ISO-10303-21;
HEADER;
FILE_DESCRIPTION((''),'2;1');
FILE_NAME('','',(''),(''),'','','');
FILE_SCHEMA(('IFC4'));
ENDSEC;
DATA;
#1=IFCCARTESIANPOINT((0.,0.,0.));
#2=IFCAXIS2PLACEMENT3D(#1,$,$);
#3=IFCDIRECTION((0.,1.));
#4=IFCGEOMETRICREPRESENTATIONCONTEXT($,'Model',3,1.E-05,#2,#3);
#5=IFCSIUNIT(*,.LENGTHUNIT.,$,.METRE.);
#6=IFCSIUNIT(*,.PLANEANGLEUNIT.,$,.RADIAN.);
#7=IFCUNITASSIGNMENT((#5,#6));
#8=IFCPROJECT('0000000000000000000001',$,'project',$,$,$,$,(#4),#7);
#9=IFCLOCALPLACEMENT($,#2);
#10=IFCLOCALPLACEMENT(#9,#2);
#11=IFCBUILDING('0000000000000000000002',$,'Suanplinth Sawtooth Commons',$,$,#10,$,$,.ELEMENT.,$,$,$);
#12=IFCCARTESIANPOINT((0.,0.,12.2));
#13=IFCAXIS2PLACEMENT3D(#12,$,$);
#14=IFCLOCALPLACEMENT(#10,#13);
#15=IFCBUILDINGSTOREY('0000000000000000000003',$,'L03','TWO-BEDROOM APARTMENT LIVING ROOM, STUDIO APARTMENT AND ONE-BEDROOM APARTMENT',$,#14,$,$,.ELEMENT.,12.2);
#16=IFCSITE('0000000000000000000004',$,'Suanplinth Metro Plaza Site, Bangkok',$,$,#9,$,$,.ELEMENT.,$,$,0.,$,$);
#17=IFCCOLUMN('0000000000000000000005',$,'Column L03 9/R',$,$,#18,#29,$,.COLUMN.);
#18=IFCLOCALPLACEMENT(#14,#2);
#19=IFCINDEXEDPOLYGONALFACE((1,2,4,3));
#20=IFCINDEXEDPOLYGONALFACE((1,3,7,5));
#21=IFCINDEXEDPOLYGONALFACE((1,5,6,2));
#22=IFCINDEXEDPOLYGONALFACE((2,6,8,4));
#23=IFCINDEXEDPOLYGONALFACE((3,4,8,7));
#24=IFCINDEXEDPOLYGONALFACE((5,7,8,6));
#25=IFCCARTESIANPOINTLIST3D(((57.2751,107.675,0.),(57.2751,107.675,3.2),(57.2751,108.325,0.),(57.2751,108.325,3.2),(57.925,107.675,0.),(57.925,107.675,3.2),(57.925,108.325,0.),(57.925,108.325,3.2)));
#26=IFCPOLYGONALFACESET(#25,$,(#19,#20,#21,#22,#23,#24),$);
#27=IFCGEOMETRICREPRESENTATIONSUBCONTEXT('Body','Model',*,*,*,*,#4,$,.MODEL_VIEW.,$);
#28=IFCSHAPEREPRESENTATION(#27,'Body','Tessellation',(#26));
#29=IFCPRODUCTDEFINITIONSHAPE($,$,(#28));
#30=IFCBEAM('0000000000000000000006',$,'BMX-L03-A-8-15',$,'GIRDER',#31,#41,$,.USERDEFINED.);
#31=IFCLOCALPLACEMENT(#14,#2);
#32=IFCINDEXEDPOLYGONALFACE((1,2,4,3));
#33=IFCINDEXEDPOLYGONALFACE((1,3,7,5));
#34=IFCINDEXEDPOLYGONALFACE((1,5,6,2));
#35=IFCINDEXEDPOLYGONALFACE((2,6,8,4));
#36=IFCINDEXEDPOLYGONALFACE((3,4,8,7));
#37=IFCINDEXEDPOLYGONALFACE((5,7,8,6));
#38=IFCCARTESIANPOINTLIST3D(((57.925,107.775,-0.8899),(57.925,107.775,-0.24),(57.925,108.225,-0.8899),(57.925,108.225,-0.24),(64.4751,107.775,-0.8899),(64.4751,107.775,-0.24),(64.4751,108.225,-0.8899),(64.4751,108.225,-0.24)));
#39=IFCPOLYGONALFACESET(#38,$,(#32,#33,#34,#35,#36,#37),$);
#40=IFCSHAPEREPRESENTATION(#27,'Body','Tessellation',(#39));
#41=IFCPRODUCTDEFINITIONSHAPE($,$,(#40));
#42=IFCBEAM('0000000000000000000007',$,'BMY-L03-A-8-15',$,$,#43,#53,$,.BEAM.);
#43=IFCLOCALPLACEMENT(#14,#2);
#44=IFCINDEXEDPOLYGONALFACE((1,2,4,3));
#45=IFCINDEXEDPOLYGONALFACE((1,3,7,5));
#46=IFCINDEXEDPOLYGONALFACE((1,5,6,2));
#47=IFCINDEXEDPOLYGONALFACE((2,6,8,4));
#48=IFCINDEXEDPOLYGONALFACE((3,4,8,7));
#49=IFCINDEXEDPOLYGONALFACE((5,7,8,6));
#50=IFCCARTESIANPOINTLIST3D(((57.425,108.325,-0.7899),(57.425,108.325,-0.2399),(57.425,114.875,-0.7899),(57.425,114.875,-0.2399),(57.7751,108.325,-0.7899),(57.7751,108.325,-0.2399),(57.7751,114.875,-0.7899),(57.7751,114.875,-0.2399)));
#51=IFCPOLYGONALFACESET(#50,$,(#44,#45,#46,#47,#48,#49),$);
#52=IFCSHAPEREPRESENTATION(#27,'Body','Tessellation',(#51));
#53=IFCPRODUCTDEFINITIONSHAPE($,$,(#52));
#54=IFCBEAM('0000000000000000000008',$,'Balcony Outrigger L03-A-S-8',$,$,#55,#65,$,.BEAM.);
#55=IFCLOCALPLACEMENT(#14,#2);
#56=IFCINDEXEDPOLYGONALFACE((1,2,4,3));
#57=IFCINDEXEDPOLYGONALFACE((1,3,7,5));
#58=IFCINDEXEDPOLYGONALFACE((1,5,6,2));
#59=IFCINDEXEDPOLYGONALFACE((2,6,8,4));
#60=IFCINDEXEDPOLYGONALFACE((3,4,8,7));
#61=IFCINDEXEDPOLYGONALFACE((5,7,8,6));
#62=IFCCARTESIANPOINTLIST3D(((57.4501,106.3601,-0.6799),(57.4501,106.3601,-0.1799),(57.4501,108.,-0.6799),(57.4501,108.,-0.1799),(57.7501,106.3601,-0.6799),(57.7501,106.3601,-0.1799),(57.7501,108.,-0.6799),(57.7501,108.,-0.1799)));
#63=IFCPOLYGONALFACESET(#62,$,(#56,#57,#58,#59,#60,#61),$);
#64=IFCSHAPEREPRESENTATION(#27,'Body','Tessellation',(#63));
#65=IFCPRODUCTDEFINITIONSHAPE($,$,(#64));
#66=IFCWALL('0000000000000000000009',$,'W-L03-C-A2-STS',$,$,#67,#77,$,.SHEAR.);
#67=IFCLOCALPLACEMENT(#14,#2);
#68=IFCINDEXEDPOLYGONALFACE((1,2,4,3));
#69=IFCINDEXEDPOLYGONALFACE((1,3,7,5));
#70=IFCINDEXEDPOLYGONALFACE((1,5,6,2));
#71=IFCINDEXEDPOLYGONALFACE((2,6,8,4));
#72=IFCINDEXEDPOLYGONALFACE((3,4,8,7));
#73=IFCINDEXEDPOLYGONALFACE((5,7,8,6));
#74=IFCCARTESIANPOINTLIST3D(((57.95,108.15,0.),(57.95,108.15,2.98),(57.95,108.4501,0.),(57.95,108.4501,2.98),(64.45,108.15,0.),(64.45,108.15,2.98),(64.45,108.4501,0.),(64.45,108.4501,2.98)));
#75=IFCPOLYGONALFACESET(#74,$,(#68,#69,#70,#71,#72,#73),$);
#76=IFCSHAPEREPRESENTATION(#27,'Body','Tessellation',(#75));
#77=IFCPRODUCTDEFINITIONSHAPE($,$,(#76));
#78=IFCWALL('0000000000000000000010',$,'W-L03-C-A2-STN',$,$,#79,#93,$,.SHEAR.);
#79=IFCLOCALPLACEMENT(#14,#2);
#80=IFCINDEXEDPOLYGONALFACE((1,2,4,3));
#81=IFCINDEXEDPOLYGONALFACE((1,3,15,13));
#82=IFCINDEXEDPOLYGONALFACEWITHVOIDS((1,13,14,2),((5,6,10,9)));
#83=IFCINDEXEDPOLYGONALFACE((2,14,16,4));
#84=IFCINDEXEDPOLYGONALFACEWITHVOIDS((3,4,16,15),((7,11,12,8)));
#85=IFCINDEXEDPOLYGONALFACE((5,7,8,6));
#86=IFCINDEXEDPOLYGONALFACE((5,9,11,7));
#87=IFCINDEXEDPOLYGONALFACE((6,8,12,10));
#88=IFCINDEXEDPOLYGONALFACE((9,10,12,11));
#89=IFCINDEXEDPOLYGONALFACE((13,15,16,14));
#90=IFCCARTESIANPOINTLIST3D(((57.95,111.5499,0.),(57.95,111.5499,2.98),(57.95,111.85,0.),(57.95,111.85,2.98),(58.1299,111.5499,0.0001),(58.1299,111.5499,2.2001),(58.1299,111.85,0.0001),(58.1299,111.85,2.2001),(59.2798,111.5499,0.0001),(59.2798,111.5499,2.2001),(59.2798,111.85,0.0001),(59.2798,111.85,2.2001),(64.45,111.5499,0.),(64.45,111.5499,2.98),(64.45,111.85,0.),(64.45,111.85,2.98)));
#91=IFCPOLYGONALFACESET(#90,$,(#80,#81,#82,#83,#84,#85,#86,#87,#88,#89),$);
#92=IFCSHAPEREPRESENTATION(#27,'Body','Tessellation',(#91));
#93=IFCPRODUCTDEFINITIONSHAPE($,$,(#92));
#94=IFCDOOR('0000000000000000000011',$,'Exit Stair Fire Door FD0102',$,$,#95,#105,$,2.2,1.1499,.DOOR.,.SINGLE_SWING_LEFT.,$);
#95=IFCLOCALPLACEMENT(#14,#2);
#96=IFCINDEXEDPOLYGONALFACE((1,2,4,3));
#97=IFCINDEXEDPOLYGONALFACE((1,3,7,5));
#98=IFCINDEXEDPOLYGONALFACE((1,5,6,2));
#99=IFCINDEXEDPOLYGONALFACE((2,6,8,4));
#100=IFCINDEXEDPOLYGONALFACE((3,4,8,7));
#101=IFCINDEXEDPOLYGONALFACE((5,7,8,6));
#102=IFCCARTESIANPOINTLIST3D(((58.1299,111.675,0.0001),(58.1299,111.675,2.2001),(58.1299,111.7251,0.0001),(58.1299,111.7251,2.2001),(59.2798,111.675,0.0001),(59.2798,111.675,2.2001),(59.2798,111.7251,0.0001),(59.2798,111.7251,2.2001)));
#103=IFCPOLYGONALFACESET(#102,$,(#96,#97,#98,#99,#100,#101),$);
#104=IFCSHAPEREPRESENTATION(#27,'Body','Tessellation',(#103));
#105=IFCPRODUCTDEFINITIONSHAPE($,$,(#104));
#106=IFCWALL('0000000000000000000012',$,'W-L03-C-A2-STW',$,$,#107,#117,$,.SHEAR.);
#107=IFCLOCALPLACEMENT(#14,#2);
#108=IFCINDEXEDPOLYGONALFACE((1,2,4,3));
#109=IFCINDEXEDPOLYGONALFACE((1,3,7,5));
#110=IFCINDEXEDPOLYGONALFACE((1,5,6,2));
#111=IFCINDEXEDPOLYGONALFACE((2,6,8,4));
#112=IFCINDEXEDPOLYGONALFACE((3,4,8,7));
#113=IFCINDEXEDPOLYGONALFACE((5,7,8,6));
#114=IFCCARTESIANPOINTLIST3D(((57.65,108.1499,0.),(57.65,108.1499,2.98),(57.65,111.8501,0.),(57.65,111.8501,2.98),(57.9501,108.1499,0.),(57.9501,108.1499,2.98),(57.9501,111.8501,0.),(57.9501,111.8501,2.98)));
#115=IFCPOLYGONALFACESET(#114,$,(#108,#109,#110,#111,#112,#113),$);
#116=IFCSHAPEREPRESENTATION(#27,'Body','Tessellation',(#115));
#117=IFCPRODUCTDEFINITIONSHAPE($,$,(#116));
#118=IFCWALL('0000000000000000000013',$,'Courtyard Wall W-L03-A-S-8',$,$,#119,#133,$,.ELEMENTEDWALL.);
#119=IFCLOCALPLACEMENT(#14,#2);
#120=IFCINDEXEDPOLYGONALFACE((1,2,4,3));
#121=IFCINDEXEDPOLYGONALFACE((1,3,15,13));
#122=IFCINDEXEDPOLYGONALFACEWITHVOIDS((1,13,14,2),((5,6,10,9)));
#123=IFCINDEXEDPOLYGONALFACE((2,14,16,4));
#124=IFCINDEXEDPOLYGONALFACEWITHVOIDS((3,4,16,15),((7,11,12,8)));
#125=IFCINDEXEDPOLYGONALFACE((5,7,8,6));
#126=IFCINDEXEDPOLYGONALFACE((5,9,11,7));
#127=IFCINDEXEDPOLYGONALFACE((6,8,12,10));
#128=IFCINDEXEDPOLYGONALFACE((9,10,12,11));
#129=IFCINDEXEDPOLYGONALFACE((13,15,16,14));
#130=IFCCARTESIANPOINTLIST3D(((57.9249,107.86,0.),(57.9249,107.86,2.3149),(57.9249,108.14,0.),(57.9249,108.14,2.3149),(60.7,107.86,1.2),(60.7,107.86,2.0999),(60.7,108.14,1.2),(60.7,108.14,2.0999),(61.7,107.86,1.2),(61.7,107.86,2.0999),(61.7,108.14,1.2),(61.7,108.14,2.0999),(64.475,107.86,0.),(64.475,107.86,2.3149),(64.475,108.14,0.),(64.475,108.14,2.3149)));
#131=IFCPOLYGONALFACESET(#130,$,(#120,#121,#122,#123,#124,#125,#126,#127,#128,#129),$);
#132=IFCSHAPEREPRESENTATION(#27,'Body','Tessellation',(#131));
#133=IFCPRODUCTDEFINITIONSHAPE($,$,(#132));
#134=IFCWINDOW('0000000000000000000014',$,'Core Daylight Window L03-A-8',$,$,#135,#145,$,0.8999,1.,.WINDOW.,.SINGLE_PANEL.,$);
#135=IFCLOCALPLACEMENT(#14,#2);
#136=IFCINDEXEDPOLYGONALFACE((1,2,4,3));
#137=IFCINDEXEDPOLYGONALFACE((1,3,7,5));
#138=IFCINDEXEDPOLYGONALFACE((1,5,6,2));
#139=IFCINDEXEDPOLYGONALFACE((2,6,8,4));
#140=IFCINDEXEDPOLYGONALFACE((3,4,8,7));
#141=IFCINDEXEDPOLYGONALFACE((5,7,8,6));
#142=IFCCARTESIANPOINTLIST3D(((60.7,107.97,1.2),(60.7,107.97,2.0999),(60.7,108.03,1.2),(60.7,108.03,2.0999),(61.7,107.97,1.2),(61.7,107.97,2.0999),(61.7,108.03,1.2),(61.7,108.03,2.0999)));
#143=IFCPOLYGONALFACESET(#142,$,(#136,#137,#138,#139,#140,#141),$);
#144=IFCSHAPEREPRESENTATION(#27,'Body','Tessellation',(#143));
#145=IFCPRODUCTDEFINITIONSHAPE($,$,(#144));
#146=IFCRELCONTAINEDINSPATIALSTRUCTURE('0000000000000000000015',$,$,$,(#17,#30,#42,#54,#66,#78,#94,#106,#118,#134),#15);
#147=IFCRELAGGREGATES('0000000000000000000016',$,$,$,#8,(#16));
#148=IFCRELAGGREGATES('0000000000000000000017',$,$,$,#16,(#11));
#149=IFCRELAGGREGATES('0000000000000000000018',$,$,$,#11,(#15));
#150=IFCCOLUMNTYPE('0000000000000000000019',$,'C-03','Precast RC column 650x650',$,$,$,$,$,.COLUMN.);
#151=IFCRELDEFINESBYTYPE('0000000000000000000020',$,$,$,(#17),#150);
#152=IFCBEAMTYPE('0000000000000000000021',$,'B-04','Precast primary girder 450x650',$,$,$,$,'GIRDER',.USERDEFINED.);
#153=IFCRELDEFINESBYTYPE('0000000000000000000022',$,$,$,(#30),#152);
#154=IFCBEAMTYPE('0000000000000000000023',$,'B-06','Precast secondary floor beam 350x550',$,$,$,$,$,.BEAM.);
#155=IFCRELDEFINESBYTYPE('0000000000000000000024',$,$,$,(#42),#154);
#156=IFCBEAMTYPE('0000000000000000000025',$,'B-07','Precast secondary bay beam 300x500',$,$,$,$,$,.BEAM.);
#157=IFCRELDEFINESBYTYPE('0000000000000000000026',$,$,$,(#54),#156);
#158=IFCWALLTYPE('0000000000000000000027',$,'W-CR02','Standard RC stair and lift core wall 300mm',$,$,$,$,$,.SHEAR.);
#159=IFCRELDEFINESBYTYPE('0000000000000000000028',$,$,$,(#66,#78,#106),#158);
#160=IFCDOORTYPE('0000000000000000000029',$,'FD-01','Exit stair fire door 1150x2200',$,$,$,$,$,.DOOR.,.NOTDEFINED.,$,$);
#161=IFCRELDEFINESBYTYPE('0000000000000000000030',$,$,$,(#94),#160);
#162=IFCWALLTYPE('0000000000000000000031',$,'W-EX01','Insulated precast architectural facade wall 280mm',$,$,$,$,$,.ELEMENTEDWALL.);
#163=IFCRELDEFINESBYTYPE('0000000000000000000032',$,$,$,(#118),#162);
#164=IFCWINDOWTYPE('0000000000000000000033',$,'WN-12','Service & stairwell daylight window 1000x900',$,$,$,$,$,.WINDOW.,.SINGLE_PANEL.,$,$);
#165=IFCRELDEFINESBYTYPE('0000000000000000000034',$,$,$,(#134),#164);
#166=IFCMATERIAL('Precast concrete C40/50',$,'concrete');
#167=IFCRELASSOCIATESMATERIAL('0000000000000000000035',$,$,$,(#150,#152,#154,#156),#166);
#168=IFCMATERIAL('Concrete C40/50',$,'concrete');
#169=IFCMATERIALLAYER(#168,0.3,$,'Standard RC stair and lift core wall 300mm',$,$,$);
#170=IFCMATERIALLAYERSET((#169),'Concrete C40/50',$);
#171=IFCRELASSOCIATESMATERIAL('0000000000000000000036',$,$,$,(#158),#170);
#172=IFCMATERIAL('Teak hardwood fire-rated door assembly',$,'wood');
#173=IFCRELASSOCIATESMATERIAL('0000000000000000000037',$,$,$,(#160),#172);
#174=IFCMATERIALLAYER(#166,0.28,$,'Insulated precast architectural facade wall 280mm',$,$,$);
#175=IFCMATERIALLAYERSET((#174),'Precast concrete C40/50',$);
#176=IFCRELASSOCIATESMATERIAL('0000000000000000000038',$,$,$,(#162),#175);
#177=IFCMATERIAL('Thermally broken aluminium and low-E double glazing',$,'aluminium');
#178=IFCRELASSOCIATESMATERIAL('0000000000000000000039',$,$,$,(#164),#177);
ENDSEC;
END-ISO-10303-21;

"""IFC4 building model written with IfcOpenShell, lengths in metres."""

from ifc_helpers import new_model, si_unit, direction, frame, frame_2d, origin, origin_2d, place, context, subcontext, project, spatial, rectangle, extrude, material, layer, layer_set, material_profile, profile_set, type_object, element, fill, save


model = new_model("IFC4")

# Units and contexts
model_context = context("Model", 3, precision=1e-05, world=origin(), true_north=direction((0.0, 1.0)))
body_context = subcontext(model_context, "Body", "Model", "MODEL_VIEW")
ifc_project = project(units=[si_unit("LENGTHUNIT", "METRE"), si_unit("PLANEANGLEUNIT", "RADIAN")], contexts=[model_context])

# Site, building, storey
site_placement = place(None, origin())
site = spatial("IfcSite", under=ifc_project, at=site_placement, Name="Suanplinth Metro Plaza Site, Bangkok", CompositionType="ELEMENT", RefElevation=0.0)
building_placement = place(site_placement, origin())
building = spatial("IfcBuilding", under=site, at=building_placement, Name="Suanplinth Sawtooth Commons", CompositionType="ELEMENT")
storey_placement = place(building_placement, frame((0.0, 0.0, 12.2)))
storey = spatial("IfcBuildingStorey", under=building, at=storey_placement, Name="L03", Description="TWO-BEDROOM APARTMENT LIVING ROOM, STUDIO APARTMENT AND ONE-BEDROOM APARTMENT", CompositionType="ELEMENT", Elevation=12.2)

# Column
ifc_material_1 = material(Name="Precast concrete C40/50", Category="concrete")
ifc_material_profile_1 = material_profile(ifc_material_1, rectangle(XDim=0.6499, YDim=0.6499, at=origin_2d()), Name="PC-COL 650x650")
ifc_profile_set_1 = profile_set([ifc_material_profile_1], Name="Precast concrete C40/50")
column_type = type_object("IfcColumnType", Name="C-03", Description="Precast RC column 650x650", PredefinedType="COLUMN", material=ifc_profile_set_1)
column_placement = place(storey_placement, frame((57.6001, 108.0, 0.0), z_axis=(0.0, 0.0, 1.0), x_axis=(1.0, 0.0, 0.0)))
element("IfcColumn", 1, at=column_placement, inside=storey, type_object=column_type, Name="Column L03 9/R", PredefinedType="COLUMN", context=body_context, shape_type="SweptSolid", body=[
    extrude(rectangle(XDim=0.6499, YDim=0.6499, at=origin_2d()), origin(), (0.0, 0.0, 1.0), 3.2),
])

# Beams
ifc_material_profile_2 = material_profile(ifc_material_1, rectangle(XDim=0.45, YDim=0.6499, at=origin_2d()), Name="PC-GDR 450x650")
ifc_profile_set_2 = profile_set([ifc_material_profile_2], Name="Precast concrete C40/50")
beam_type_1 = type_object("IfcBeamType", Name="B-04", Description="Precast primary girder 450x650", ElementType="GIRDER", PredefinedType="USERDEFINED", material=ifc_profile_set_2)
beam_1_placement = place(storey_placement, frame((57.925, 108.0, -0.5649), z_axis=(1.0, 0.0, 0.0), x_axis=(0.0, 1.0, 0.0)))
element("IfcBeam", 2, at=beam_1_placement, inside=storey, type_object=beam_type_1, Name="BMX-L03-A-8-15", ObjectType="GIRDER", PredefinedType="USERDEFINED", context=body_context, shape_type="SweptSolid", body=[
    extrude(rectangle(XDim=0.45, YDim=0.6499, at=origin_2d()), origin(), (0.0, 0.0, 1.0), 6.55),
])
ifc_material_profile_3 = material_profile(ifc_material_1, rectangle(XDim=0.3501, YDim=0.55, at=origin_2d()), Name="PC-BM 350x550")
ifc_profile_set_3 = profile_set([ifc_material_profile_3], Name="Precast concrete C40/50")
beam_type_2 = type_object("IfcBeamType", Name="B-06", Description="Precast secondary floor beam 350x550", PredefinedType="BEAM", material=ifc_profile_set_3)
beam_2_placement = place(storey_placement, frame((57.6001, 108.325, -0.5149), z_axis=(0.0, 1.0, 0.0), x_axis=(-1.0, 0.0, 0.0)))
element("IfcBeam", 3, at=beam_2_placement, inside=storey, type_object=beam_type_2, Name="BMY-L03-A-8-15", PredefinedType="BEAM", context=body_context, shape_type="SweptSolid", body=[
    extrude(rectangle(XDim=0.3501, YDim=0.55, at=origin_2d()), origin(), (0.0, 0.0, 1.0), 6.55),
])
ifc_material_profile_4 = material_profile(ifc_material_1, rectangle(XDim=0.3, YDim=0.5, at=origin_2d()), Name="PC-BM 300x500")
ifc_profile_set_4 = profile_set([ifc_material_profile_4], Name="Precast concrete C40/50")
beam_type_3 = type_object("IfcBeamType", Name="B-07", Description="Precast secondary bay beam 300x500", PredefinedType="BEAM", material=ifc_profile_set_4)
beam_3_placement = place(storey_placement, frame((57.6001, 108.0, -0.4299), z_axis=(0.0, -1.0, 0.0), x_axis=(1.0, 0.0, 0.0)))
element("IfcBeam", 4, at=beam_3_placement, inside=storey, type_object=beam_type_3, Name="Balcony Outrigger L03-A-S-8", PredefinedType="BEAM", context=body_context, shape_type="SweptSolid", body=[
    extrude(rectangle(XDim=0.3, YDim=0.5, at=origin_2d()), origin(), (0.0, 0.0, 1.0), 1.6399),
])

# Wall
ifc_material_2 = material(Name="Concrete C40/50", Category="concrete")
ifc_layer_1 = layer(ifc_material_2, 0.3, Name="Standard RC stair and lift core wall 300mm")
ifc_layer_set_1 = layer_set([ifc_layer_1], Name="Concrete C40/50")
wall_type_1 = type_object("IfcWallType", Name="W-CR02", Description="Standard RC stair and lift core wall 300mm", PredefinedType="SHEAR", material=ifc_layer_set_1)
wall_1_placement = place(storey_placement, frame((57.95, 108.3, 0.0), z_axis=(0.0, 0.0, 1.0), x_axis=(1.0, 0.0, 0.0)))
element("IfcWall", 5, at=wall_1_placement, inside=storey, type_object=wall_type_1, Name="W-L03-C-A2-STS", PredefinedType="SHEAR", context=body_context, shape_type="SweptSolid", body=[
    extrude(rectangle(XDim=6.5, YDim=0.3, at=frame_2d((3.25, 0.0))), origin(), (0.0, 0.0, 1.0), 2.98),
])

# Wall, opening, door
wall_2_placement = place(storey_placement, frame((57.95, 111.7, 0.0), z_axis=(0.0, 0.0, 1.0), x_axis=(1.0, 0.0, 0.0)))
wall_2 = element("IfcWall", 6, at=wall_2_placement, inside=storey, type_object=wall_type_1, Name="W-L03-C-A2-STN", PredefinedType="SHEAR", context=body_context, shape_type="SweptSolid", body=[
    extrude(rectangle(XDim=6.5, YDim=0.3, at=frame_2d((3.25, 0.0))), origin(), (0.0, 0.0, 1.0), 2.98),
])
opening_1_placement = place(wall_2_placement, frame((0.1799, 0.0, 0.0)))
opening_1 = element("IfcOpeningElement", 7, at=opening_1_placement, cuts=wall_2, PredefinedType="OPENING", context=body_context, shape_type="SweptSolid", body=[
    extrude(rectangle(XDim=1.1499, YDim=2.2, at=frame_2d((0.575, 1.1001))), frame((0.0, 0.165, 0.0), z_axis=(0.0, -1.0, 0.0), x_axis=(1.0, 0.0, 0.0)), (0.0, 0.0, 1.0), 0.3298),
])
ifc_material_3 = material(Name="Teak hardwood fire-rated door assembly", Category="wood")
door_type_1 = type_object("IfcDoorType", Name="FD-01", Description="Exit stair fire door 1150x2200", OperationType="NOTDEFINED", PredefinedType="DOOR", material=ifc_material_3)
door_1_placement = place(opening_1_placement, frame((1.1499, 0.0, 0.0), z_axis=(0.0, 0.0, 1.0), x_axis=(-1.0, 0.0, 0.0)))
door_1 = element("IfcDoor", 8, at=door_1_placement, inside=storey, type_object=door_type_1, Name="Exit Stair Fire Door FD0102", OperationType="SINGLE_SWING_LEFT", OverallHeight=2.2, OverallWidth=1.1499, PredefinedType="DOOR", context=body_context, shape_type="SweptSolid", body=[
    extrude(rectangle(XDim=1.1499, YDim=2.2, at=frame_2d((0.575, 1.1001))), frame((0.0, 0.0249, 0.0), z_axis=(0.0, -1.0, 0.0), x_axis=(1.0, 0.0, 0.0)), (0.0, 0.0, 1.0), 0.05),
])
fill(opening_1, door_1)

# Wall
wall_3_placement = place(storey_placement, frame((57.8, 108.1499, 0.0), z_axis=(0.0, 0.0, 1.0), x_axis=(0.0, 1.0, 0.0)))
element("IfcWall", 9, at=wall_3_placement, inside=storey, type_object=wall_type_1, Name="W-L03-C-A2-STW", PredefinedType="SHEAR", context=body_context, shape_type="SweptSolid", body=[
    extrude(rectangle(XDim=3.7002, YDim=0.3, at=frame_2d((1.8501, 0.0))), origin(), (0.0, 0.0, 1.0), 2.98),
])

# Wall, opening, window
ifc_layer_2 = layer(ifc_material_1, 0.28, Name="Insulated precast architectural facade wall 280mm")
ifc_layer_set_2 = layer_set([ifc_layer_2], Name="Precast concrete C40/50")
wall_type_2 = type_object("IfcWallType", Name="W-EX01", Description="Insulated precast architectural facade wall 280mm", PredefinedType="ELEMENTEDWALL", material=ifc_layer_set_2)
wall_4_placement = place(storey_placement, frame((57.925, 108.0, 0.0), z_axis=(0.0, 0.0, 1.0), x_axis=(1.0, 0.0, 0.0)))
wall_4 = element("IfcWall", 10, at=wall_4_placement, inside=storey, type_object=wall_type_2, Name="Courtyard Wall W-L03-A-S-8", PredefinedType="ELEMENTEDWALL", context=body_context, shape_type="SweptSolid", body=[
    extrude(rectangle(XDim=6.55, YDim=0.28, at=frame_2d((3.2749, 0.0))), origin(), (0.0, 0.0, 1.0), 2.3149),
])
opening_2_placement = place(wall_4_placement, frame((2.7749, 0.0, 1.2)))
opening_2 = element("IfcOpeningElement", 11, at=opening_2_placement, cuts=wall_4, PredefinedType="OPENING", context=body_context, shape_type="SweptSolid", body=[
    extrude(rectangle(XDim=1.0, YDim=0.8999, at=frame_2d((0.5, 0.45))), frame((0.0, 0.1548, 0.0), z_axis=(0.0, -1.0, 0.0), x_axis=(1.0, 0.0, 0.0)), (0.0, 0.0, 1.0), 0.3098),
])
ifc_material_4 = material(Name="Thermally broken aluminium and low-E double glazing", Category="aluminium")
window_type = type_object("IfcWindowType", Name="WN-12", Description="Service & stairwell daylight window 1000x900", PartitioningType="SINGLE_PANEL", PredefinedType="WINDOW", material=ifc_material_4)
window_placement = place(opening_2_placement, origin())
window = element("IfcWindow", 12, at=window_placement, inside=storey, type_object=window_type, Name="Core Daylight Window L03-A-8", OverallHeight=0.8999, OverallWidth=1.0, PartitioningType="SINGLE_PANEL", PredefinedType="WINDOW", context=body_context, shape_type="SweptSolid", body=[
    extrude(rectangle(XDim=1.0, YDim=0.8999, at=frame_2d((0.5, 0.45))), frame((0.0, 0.03, 0.0), z_axis=(0.0, -1.0, 0.0), x_axis=(1.0, 0.0, 0.0)), (0.0, 0.0, 1.0), 0.0601),
])
fill(opening_2, window)

save(model, "model.ifc")
